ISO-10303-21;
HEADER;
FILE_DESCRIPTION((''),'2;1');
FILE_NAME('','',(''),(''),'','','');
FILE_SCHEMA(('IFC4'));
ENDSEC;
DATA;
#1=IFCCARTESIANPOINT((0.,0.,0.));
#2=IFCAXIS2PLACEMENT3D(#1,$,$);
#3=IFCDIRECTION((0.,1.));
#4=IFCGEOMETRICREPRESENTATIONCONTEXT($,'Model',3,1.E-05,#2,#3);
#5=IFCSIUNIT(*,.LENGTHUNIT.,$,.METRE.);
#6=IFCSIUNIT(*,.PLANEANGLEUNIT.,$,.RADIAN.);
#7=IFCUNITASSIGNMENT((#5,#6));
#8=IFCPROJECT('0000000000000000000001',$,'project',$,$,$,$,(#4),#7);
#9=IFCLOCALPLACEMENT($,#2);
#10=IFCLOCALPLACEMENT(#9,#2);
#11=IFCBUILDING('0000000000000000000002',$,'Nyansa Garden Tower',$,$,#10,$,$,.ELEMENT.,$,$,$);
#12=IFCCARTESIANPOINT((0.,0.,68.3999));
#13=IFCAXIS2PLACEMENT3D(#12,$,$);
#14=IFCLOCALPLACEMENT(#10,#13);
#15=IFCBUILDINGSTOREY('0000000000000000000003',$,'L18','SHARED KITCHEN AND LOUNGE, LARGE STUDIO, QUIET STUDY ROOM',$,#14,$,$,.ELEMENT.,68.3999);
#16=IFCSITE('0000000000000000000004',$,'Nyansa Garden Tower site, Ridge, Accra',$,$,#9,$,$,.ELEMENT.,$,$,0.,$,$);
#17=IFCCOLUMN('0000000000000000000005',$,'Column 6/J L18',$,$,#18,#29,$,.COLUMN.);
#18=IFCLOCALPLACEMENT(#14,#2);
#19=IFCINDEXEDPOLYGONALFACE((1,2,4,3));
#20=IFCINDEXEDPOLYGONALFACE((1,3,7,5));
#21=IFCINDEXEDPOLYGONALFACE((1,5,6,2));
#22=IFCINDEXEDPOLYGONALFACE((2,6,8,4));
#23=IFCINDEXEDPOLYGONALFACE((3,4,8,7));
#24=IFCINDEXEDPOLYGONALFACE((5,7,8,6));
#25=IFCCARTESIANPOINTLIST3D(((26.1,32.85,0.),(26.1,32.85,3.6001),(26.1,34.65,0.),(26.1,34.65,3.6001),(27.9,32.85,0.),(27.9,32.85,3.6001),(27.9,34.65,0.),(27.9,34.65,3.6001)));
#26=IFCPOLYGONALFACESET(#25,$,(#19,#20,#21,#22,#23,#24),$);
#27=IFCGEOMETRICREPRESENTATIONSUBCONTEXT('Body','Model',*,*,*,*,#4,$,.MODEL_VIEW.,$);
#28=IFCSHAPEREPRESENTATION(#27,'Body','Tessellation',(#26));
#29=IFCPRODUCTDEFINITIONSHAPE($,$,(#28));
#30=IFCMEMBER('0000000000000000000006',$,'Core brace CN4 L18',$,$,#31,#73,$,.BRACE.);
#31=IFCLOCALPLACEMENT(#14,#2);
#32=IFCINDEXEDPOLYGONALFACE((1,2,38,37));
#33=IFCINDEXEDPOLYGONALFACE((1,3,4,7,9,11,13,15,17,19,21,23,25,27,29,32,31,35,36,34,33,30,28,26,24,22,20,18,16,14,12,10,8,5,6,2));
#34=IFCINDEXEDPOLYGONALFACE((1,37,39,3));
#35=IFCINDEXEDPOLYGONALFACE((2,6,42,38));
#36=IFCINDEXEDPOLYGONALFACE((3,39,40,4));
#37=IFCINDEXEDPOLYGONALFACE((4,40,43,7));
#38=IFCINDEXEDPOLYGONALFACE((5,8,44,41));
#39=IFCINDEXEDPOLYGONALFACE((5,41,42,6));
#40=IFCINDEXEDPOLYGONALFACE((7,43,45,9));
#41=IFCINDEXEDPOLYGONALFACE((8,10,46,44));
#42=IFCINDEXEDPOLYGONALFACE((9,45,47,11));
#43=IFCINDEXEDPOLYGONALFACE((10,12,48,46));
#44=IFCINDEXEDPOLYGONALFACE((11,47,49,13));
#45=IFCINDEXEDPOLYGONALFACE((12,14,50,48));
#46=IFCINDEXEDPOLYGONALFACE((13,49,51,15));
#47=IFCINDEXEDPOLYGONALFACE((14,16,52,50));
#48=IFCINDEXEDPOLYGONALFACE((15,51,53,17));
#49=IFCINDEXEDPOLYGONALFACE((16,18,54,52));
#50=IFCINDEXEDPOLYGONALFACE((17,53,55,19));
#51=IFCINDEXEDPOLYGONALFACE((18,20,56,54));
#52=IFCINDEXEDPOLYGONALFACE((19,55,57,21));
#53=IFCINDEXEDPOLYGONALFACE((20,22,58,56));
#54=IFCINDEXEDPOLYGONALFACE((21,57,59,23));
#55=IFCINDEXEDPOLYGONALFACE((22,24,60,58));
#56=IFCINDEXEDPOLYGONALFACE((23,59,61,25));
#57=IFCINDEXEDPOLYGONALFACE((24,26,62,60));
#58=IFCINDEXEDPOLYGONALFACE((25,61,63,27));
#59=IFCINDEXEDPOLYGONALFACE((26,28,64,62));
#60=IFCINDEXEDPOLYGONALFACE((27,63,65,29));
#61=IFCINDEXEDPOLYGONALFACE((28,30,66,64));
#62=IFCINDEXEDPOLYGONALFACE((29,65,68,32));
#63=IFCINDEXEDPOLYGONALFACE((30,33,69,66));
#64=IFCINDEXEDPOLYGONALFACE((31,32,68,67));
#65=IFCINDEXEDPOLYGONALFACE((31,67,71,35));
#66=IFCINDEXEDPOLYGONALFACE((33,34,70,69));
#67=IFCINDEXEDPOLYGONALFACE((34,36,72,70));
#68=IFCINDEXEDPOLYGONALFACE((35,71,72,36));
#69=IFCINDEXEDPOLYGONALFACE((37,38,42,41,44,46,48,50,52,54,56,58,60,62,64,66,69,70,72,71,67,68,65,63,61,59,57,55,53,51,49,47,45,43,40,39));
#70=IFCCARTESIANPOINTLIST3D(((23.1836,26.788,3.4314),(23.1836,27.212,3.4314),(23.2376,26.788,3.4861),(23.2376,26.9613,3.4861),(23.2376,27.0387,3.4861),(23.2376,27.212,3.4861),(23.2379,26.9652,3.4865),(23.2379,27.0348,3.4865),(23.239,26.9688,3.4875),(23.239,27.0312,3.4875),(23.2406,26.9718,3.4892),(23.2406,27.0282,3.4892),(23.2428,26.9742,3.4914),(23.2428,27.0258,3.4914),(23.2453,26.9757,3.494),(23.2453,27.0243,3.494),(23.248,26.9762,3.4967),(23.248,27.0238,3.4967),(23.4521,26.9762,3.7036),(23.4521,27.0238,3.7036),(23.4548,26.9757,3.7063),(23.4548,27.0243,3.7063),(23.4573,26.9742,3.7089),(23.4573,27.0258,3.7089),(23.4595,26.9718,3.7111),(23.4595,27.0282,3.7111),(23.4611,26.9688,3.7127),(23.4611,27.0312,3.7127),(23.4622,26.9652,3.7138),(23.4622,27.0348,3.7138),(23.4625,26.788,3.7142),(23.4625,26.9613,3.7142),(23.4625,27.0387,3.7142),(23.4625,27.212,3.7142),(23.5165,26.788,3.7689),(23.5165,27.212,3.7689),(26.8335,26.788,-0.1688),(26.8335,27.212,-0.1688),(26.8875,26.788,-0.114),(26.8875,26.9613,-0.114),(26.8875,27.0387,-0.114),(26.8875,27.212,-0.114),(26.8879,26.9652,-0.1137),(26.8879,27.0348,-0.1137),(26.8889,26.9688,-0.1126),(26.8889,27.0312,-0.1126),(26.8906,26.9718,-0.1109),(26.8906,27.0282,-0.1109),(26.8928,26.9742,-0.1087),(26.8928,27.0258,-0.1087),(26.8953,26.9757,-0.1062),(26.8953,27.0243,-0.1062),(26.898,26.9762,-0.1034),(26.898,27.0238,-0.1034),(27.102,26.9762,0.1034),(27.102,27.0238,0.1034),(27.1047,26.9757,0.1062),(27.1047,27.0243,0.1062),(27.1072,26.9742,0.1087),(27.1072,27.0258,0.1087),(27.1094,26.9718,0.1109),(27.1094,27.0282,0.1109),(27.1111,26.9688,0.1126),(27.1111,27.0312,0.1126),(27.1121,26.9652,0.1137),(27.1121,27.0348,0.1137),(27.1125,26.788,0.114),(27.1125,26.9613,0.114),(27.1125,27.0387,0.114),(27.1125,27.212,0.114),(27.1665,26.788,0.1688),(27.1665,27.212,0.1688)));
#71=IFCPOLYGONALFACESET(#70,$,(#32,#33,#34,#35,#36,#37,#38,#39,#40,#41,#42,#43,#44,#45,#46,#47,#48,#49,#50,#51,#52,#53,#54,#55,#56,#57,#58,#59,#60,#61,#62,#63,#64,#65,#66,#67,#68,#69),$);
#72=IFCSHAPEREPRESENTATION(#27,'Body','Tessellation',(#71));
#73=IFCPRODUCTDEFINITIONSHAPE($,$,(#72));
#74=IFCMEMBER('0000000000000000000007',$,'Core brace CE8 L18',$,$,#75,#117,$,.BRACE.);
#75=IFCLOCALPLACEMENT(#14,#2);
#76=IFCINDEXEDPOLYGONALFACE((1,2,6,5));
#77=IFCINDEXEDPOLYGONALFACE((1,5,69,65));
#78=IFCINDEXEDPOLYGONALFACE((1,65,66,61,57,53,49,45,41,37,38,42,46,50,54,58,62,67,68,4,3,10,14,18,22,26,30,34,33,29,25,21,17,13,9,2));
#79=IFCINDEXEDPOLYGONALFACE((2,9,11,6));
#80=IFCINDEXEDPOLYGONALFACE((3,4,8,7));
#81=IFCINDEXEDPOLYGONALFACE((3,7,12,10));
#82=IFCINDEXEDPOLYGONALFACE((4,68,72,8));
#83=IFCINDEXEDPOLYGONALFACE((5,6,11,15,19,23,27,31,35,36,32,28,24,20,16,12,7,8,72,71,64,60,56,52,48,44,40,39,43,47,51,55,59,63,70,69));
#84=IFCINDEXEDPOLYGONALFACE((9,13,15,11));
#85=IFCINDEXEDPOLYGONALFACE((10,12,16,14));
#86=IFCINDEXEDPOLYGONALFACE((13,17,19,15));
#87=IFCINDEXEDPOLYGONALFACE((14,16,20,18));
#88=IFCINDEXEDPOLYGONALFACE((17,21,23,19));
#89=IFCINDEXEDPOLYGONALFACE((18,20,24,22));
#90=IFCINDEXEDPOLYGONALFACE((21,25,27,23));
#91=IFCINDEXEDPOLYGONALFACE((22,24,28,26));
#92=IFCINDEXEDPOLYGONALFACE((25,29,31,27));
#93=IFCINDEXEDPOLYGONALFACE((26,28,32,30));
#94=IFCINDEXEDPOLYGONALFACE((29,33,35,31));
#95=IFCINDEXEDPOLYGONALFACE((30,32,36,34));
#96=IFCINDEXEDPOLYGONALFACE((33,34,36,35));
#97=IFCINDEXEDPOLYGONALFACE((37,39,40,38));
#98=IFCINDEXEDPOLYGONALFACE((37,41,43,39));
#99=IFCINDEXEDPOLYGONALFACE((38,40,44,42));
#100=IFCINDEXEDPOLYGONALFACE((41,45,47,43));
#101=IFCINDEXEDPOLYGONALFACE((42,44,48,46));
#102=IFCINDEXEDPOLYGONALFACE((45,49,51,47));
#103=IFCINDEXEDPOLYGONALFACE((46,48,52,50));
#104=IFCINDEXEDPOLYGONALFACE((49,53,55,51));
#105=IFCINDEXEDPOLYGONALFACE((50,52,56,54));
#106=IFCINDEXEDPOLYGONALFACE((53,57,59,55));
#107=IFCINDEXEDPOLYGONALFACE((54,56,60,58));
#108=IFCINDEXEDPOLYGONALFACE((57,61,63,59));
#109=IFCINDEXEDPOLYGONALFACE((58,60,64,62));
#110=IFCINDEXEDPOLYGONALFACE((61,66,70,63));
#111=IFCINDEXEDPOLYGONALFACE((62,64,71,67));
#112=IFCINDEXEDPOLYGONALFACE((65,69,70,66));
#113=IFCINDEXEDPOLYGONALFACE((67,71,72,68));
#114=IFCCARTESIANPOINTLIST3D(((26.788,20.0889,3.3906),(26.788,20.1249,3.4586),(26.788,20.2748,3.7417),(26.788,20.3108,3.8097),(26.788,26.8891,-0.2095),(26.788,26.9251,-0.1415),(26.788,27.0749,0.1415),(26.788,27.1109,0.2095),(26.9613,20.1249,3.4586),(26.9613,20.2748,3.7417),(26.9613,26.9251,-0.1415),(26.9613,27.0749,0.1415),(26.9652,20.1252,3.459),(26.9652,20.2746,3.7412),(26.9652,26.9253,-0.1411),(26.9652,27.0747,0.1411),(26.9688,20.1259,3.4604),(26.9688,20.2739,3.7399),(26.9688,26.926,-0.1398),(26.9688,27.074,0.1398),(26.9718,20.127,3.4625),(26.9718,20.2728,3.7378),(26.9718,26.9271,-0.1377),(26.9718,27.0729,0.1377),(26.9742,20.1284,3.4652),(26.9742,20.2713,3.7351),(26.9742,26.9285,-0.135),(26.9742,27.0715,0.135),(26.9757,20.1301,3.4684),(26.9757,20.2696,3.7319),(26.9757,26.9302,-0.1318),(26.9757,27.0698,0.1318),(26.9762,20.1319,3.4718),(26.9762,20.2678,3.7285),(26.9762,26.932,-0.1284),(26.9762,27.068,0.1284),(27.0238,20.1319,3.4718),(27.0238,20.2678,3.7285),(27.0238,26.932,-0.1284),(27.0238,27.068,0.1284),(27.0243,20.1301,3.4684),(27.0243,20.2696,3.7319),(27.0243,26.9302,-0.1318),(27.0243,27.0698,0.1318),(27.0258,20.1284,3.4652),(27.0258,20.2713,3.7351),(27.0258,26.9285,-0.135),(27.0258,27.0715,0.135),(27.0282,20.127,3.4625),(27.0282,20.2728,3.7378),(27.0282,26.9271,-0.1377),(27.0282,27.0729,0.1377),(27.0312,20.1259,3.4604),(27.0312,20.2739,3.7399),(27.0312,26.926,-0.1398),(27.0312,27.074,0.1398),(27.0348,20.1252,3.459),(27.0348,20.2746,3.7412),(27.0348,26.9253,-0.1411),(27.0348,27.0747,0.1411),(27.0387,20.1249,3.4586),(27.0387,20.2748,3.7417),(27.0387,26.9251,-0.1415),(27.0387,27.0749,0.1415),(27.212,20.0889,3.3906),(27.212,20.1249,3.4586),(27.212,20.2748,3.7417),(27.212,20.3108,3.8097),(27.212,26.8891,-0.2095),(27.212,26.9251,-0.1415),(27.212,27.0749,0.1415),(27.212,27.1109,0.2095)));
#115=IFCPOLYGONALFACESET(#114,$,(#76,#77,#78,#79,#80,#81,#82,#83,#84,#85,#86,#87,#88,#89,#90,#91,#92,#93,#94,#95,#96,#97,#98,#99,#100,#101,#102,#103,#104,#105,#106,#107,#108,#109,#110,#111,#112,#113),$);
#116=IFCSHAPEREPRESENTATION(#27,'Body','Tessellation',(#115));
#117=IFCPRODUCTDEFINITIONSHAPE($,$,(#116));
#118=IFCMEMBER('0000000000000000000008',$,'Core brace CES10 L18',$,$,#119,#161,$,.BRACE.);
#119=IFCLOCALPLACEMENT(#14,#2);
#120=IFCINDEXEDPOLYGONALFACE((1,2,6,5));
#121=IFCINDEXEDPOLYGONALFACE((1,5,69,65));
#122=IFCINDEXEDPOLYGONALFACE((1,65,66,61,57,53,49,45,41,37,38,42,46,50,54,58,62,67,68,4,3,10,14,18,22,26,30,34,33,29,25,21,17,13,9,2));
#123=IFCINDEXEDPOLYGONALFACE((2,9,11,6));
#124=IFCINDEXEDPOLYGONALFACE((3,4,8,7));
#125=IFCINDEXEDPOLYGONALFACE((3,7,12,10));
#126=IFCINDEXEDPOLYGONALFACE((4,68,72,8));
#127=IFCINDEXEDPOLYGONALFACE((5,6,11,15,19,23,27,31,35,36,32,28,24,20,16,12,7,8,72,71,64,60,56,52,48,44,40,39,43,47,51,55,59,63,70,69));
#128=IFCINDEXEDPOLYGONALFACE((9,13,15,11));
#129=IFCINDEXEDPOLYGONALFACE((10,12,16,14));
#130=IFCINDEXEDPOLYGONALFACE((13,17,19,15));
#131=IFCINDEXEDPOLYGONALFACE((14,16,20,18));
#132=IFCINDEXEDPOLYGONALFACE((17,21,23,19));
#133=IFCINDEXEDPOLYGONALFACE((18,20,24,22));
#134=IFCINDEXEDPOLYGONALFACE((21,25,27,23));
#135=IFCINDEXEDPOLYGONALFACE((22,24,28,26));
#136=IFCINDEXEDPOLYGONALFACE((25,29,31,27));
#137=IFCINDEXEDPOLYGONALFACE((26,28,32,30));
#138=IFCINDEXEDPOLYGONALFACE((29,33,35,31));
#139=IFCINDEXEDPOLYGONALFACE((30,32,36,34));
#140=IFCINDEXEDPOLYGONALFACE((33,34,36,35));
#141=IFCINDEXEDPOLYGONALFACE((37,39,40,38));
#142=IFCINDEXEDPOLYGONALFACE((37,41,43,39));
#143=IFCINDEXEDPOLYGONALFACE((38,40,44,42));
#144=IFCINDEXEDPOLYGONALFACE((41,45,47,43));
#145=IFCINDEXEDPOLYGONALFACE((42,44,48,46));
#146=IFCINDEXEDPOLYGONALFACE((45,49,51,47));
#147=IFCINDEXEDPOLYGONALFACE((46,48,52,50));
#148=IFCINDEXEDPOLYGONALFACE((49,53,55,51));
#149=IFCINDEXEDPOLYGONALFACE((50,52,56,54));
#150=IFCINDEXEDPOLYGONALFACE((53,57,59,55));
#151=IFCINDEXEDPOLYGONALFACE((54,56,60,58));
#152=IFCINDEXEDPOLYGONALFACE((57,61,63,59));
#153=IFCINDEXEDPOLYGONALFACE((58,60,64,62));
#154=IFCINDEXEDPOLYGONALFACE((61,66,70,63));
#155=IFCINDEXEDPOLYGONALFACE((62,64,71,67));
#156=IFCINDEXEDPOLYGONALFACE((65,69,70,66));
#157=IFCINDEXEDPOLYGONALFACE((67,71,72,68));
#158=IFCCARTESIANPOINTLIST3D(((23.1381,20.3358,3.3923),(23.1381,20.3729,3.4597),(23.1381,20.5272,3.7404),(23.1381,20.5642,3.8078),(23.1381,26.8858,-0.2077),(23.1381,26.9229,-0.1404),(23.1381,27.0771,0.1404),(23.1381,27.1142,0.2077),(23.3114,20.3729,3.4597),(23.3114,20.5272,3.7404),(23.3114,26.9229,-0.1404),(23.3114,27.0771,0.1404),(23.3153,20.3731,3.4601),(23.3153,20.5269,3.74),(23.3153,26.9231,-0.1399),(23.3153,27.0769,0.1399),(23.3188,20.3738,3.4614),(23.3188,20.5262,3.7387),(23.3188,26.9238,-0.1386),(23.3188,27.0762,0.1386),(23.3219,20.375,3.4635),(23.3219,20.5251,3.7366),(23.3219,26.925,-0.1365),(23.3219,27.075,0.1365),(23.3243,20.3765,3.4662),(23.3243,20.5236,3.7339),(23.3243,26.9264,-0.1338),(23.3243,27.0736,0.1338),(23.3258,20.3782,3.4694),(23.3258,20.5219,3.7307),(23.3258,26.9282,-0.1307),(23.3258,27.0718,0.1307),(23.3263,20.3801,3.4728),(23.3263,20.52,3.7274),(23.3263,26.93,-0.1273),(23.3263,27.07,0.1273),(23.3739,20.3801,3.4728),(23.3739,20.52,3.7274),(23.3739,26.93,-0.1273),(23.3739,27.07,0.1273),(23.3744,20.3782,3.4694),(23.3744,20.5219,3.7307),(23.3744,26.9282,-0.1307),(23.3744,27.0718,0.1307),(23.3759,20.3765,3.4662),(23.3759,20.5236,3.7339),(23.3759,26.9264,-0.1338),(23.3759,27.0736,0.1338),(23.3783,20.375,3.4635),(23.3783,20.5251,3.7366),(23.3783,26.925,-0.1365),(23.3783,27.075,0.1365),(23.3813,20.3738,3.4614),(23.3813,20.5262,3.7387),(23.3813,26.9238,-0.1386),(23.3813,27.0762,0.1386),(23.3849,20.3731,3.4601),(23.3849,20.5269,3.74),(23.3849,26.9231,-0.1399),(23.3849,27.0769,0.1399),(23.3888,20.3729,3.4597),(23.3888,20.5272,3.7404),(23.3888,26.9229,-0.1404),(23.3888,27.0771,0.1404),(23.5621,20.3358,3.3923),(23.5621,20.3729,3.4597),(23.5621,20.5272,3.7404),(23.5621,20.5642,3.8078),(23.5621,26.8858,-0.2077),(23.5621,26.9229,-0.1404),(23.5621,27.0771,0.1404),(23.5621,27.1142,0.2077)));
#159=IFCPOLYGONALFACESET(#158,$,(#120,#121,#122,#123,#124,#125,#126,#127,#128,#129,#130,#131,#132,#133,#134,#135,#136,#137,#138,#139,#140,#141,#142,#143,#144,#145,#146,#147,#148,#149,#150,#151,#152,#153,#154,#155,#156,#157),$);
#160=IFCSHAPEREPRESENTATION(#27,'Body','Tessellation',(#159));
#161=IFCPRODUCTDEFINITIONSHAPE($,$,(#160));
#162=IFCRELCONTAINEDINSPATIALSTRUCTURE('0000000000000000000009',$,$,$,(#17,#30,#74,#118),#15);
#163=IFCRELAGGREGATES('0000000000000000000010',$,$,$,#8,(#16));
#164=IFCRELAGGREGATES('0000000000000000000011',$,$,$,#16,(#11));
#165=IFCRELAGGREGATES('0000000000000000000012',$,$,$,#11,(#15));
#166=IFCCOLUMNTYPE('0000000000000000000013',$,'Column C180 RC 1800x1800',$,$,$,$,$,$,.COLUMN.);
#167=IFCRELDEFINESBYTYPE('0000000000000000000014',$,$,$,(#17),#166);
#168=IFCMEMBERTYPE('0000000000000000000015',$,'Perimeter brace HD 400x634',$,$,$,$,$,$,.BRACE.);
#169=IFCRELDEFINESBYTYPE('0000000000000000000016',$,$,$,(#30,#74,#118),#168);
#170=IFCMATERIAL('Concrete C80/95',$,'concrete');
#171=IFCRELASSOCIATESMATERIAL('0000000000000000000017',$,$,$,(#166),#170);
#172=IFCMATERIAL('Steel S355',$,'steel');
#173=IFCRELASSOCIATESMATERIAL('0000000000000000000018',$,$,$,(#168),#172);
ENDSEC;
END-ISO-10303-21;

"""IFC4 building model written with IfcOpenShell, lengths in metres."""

from ifc_helpers import new_model, si_unit, direction, frame, origin, origin_2d, place, context, subcontext, project, spatial, rectangle, i_section, extrude, material, material_profile, profile_set, type_object, element, save


model = new_model("IFC4")

# Units and contexts
model_context = context("Model", 3, precision=1e-05, world=origin(), true_north=direction((0.0, 1.0)))
body_context = subcontext(model_context, "Body", "Model", "MODEL_VIEW")
ifc_project = project(units=[si_unit("LENGTHUNIT", "METRE"), si_unit("PLANEANGLEUNIT", "RADIAN")], contexts=[model_context])

# Site, building, storey
site_placement = place(None, origin())
site = spatial("IfcSite", under=ifc_project, at=site_placement, Name="Nyansa Garden Tower site, Ridge, Accra", CompositionType="ELEMENT", RefElevation=0.0)
building_placement = place(site_placement, origin())
building = spatial("IfcBuilding", under=site, at=building_placement, Name="Nyansa Garden Tower", CompositionType="ELEMENT")
storey_placement = place(building_placement, frame((0.0, 0.0, 68.3999)))
storey = spatial("IfcBuildingStorey", under=building, at=storey_placement, Name="L18", Description="SHARED KITCHEN AND LOUNGE, LARGE STUDIO, QUIET STUDY ROOM", CompositionType="ELEMENT", Elevation=68.3999)

# Column
ifc_material_1 = material(Name="Concrete C80/95", Category="concrete")
ifc_material_profile_1 = material_profile(ifc_material_1, rectangle(XDim=1.8, YDim=1.8, at=origin_2d()), Name="RC 1800x1800")
ifc_profile_set_1 = profile_set([ifc_material_profile_1], Name="Concrete C80/95")
column_type = type_object("IfcColumnType", Name="Column C180 RC 1800x1800", PredefinedType="COLUMN", material=ifc_profile_set_1)
column_placement = place(storey_placement, frame((27.0, 33.75, 0.0), z_axis=(0.0, 0.0, 1.0), x_axis=(1.0, 0.0, 0.0)))
element("IfcColumn", 1, at=column_placement, inside=storey, type_object=column_type, Name="Column 6/J L18", PredefinedType="COLUMN", context=body_context, shape_type="SweptSolid", body=[
    extrude(rectangle(XDim=1.8, YDim=1.8, at=origin_2d()), origin(), (0.0, 0.0, 1.0), 3.6001),
])

# Members
ifc_material_2 = material(Name="Steel S355", Category="steel")
ifc_material_profile_2 = material_profile(ifc_material_2, i_section(OverallWidth=0.4241, OverallDepth=0.4741, WebThickness=0.0476, FlangeThickness=0.0769, FilletRadius=0.0149, at=origin_2d()), Name="HD 400x634")
ifc_profile_set_2 = profile_set([ifc_material_profile_2], Name="Steel S355")
member_type = type_object("IfcMemberType", Name="Perimeter brace HD 400x634", PredefinedType="BRACE", material=ifc_profile_set_2)
member_1_placement = place(storey_placement, frame((27.0, 27.0, 0.0), z_axis=(-0.711948, 0.0, 0.702233), x_axis=(0.0, -1.0, 0.0)))
element("IfcMember", 2, at=member_1_placement, inside=storey, type_object=member_type, Name="Core brace CN4 L18", PredefinedType="BRACE", context=body_context, shape_type="SweptSolid", body=[
    extrude(i_section(OverallWidth=0.4241, OverallDepth=0.4741, WebThickness=0.0476, FlangeThickness=0.0769, FilletRadius=0.0149, at=origin_2d()), origin(), (0.0, 0.0, 1.0), 5.1267),
])
member_2_placement = place(storey_placement, frame((27.0, 27.0, 0.0), z_axis=(0.0, -0.883784, 0.467895), x_axis=(1.0, 0.0, 0.0)))
element("IfcMember", 3, at=member_2_placement, inside=storey, type_object=member_type, Name="Core brace CE8 L18", PredefinedType="BRACE", context=body_context, shape_type="SweptSolid", body=[
    extrude(i_section(OverallWidth=0.4241, OverallDepth=0.4741, WebThickness=0.0476, FlangeThickness=0.0769, FilletRadius=0.0149, at=origin_2d()), origin(), (0.0, 0.0, 1.0), 7.6943),
])
for number, where, z_axis, x_axis, name in (
    (4, (23.3501, 27.0, 0.0), (0.0, -0.876353, 0.481669), (1.0, 0.0, 0.0), "Core brace CES10 L18"),
):
    element("IfcMember", number, at=place(storey_placement, frame(where, z_axis=z_axis, x_axis=x_axis)), inside=storey, type_object=member_type, Name=name, PredefinedType="BRACE", context=body_context, shape_type="SweptSolid", body=[
        extrude(i_section(OverallWidth=0.4241, OverallDepth=0.4741, WebThickness=0.0476, FlangeThickness=0.0769, FilletRadius=0.0149, at=origin_2d()), origin(), (0.0, 0.0, 1.0), 7.4741),
    ])

save(model, "model.ifc")
